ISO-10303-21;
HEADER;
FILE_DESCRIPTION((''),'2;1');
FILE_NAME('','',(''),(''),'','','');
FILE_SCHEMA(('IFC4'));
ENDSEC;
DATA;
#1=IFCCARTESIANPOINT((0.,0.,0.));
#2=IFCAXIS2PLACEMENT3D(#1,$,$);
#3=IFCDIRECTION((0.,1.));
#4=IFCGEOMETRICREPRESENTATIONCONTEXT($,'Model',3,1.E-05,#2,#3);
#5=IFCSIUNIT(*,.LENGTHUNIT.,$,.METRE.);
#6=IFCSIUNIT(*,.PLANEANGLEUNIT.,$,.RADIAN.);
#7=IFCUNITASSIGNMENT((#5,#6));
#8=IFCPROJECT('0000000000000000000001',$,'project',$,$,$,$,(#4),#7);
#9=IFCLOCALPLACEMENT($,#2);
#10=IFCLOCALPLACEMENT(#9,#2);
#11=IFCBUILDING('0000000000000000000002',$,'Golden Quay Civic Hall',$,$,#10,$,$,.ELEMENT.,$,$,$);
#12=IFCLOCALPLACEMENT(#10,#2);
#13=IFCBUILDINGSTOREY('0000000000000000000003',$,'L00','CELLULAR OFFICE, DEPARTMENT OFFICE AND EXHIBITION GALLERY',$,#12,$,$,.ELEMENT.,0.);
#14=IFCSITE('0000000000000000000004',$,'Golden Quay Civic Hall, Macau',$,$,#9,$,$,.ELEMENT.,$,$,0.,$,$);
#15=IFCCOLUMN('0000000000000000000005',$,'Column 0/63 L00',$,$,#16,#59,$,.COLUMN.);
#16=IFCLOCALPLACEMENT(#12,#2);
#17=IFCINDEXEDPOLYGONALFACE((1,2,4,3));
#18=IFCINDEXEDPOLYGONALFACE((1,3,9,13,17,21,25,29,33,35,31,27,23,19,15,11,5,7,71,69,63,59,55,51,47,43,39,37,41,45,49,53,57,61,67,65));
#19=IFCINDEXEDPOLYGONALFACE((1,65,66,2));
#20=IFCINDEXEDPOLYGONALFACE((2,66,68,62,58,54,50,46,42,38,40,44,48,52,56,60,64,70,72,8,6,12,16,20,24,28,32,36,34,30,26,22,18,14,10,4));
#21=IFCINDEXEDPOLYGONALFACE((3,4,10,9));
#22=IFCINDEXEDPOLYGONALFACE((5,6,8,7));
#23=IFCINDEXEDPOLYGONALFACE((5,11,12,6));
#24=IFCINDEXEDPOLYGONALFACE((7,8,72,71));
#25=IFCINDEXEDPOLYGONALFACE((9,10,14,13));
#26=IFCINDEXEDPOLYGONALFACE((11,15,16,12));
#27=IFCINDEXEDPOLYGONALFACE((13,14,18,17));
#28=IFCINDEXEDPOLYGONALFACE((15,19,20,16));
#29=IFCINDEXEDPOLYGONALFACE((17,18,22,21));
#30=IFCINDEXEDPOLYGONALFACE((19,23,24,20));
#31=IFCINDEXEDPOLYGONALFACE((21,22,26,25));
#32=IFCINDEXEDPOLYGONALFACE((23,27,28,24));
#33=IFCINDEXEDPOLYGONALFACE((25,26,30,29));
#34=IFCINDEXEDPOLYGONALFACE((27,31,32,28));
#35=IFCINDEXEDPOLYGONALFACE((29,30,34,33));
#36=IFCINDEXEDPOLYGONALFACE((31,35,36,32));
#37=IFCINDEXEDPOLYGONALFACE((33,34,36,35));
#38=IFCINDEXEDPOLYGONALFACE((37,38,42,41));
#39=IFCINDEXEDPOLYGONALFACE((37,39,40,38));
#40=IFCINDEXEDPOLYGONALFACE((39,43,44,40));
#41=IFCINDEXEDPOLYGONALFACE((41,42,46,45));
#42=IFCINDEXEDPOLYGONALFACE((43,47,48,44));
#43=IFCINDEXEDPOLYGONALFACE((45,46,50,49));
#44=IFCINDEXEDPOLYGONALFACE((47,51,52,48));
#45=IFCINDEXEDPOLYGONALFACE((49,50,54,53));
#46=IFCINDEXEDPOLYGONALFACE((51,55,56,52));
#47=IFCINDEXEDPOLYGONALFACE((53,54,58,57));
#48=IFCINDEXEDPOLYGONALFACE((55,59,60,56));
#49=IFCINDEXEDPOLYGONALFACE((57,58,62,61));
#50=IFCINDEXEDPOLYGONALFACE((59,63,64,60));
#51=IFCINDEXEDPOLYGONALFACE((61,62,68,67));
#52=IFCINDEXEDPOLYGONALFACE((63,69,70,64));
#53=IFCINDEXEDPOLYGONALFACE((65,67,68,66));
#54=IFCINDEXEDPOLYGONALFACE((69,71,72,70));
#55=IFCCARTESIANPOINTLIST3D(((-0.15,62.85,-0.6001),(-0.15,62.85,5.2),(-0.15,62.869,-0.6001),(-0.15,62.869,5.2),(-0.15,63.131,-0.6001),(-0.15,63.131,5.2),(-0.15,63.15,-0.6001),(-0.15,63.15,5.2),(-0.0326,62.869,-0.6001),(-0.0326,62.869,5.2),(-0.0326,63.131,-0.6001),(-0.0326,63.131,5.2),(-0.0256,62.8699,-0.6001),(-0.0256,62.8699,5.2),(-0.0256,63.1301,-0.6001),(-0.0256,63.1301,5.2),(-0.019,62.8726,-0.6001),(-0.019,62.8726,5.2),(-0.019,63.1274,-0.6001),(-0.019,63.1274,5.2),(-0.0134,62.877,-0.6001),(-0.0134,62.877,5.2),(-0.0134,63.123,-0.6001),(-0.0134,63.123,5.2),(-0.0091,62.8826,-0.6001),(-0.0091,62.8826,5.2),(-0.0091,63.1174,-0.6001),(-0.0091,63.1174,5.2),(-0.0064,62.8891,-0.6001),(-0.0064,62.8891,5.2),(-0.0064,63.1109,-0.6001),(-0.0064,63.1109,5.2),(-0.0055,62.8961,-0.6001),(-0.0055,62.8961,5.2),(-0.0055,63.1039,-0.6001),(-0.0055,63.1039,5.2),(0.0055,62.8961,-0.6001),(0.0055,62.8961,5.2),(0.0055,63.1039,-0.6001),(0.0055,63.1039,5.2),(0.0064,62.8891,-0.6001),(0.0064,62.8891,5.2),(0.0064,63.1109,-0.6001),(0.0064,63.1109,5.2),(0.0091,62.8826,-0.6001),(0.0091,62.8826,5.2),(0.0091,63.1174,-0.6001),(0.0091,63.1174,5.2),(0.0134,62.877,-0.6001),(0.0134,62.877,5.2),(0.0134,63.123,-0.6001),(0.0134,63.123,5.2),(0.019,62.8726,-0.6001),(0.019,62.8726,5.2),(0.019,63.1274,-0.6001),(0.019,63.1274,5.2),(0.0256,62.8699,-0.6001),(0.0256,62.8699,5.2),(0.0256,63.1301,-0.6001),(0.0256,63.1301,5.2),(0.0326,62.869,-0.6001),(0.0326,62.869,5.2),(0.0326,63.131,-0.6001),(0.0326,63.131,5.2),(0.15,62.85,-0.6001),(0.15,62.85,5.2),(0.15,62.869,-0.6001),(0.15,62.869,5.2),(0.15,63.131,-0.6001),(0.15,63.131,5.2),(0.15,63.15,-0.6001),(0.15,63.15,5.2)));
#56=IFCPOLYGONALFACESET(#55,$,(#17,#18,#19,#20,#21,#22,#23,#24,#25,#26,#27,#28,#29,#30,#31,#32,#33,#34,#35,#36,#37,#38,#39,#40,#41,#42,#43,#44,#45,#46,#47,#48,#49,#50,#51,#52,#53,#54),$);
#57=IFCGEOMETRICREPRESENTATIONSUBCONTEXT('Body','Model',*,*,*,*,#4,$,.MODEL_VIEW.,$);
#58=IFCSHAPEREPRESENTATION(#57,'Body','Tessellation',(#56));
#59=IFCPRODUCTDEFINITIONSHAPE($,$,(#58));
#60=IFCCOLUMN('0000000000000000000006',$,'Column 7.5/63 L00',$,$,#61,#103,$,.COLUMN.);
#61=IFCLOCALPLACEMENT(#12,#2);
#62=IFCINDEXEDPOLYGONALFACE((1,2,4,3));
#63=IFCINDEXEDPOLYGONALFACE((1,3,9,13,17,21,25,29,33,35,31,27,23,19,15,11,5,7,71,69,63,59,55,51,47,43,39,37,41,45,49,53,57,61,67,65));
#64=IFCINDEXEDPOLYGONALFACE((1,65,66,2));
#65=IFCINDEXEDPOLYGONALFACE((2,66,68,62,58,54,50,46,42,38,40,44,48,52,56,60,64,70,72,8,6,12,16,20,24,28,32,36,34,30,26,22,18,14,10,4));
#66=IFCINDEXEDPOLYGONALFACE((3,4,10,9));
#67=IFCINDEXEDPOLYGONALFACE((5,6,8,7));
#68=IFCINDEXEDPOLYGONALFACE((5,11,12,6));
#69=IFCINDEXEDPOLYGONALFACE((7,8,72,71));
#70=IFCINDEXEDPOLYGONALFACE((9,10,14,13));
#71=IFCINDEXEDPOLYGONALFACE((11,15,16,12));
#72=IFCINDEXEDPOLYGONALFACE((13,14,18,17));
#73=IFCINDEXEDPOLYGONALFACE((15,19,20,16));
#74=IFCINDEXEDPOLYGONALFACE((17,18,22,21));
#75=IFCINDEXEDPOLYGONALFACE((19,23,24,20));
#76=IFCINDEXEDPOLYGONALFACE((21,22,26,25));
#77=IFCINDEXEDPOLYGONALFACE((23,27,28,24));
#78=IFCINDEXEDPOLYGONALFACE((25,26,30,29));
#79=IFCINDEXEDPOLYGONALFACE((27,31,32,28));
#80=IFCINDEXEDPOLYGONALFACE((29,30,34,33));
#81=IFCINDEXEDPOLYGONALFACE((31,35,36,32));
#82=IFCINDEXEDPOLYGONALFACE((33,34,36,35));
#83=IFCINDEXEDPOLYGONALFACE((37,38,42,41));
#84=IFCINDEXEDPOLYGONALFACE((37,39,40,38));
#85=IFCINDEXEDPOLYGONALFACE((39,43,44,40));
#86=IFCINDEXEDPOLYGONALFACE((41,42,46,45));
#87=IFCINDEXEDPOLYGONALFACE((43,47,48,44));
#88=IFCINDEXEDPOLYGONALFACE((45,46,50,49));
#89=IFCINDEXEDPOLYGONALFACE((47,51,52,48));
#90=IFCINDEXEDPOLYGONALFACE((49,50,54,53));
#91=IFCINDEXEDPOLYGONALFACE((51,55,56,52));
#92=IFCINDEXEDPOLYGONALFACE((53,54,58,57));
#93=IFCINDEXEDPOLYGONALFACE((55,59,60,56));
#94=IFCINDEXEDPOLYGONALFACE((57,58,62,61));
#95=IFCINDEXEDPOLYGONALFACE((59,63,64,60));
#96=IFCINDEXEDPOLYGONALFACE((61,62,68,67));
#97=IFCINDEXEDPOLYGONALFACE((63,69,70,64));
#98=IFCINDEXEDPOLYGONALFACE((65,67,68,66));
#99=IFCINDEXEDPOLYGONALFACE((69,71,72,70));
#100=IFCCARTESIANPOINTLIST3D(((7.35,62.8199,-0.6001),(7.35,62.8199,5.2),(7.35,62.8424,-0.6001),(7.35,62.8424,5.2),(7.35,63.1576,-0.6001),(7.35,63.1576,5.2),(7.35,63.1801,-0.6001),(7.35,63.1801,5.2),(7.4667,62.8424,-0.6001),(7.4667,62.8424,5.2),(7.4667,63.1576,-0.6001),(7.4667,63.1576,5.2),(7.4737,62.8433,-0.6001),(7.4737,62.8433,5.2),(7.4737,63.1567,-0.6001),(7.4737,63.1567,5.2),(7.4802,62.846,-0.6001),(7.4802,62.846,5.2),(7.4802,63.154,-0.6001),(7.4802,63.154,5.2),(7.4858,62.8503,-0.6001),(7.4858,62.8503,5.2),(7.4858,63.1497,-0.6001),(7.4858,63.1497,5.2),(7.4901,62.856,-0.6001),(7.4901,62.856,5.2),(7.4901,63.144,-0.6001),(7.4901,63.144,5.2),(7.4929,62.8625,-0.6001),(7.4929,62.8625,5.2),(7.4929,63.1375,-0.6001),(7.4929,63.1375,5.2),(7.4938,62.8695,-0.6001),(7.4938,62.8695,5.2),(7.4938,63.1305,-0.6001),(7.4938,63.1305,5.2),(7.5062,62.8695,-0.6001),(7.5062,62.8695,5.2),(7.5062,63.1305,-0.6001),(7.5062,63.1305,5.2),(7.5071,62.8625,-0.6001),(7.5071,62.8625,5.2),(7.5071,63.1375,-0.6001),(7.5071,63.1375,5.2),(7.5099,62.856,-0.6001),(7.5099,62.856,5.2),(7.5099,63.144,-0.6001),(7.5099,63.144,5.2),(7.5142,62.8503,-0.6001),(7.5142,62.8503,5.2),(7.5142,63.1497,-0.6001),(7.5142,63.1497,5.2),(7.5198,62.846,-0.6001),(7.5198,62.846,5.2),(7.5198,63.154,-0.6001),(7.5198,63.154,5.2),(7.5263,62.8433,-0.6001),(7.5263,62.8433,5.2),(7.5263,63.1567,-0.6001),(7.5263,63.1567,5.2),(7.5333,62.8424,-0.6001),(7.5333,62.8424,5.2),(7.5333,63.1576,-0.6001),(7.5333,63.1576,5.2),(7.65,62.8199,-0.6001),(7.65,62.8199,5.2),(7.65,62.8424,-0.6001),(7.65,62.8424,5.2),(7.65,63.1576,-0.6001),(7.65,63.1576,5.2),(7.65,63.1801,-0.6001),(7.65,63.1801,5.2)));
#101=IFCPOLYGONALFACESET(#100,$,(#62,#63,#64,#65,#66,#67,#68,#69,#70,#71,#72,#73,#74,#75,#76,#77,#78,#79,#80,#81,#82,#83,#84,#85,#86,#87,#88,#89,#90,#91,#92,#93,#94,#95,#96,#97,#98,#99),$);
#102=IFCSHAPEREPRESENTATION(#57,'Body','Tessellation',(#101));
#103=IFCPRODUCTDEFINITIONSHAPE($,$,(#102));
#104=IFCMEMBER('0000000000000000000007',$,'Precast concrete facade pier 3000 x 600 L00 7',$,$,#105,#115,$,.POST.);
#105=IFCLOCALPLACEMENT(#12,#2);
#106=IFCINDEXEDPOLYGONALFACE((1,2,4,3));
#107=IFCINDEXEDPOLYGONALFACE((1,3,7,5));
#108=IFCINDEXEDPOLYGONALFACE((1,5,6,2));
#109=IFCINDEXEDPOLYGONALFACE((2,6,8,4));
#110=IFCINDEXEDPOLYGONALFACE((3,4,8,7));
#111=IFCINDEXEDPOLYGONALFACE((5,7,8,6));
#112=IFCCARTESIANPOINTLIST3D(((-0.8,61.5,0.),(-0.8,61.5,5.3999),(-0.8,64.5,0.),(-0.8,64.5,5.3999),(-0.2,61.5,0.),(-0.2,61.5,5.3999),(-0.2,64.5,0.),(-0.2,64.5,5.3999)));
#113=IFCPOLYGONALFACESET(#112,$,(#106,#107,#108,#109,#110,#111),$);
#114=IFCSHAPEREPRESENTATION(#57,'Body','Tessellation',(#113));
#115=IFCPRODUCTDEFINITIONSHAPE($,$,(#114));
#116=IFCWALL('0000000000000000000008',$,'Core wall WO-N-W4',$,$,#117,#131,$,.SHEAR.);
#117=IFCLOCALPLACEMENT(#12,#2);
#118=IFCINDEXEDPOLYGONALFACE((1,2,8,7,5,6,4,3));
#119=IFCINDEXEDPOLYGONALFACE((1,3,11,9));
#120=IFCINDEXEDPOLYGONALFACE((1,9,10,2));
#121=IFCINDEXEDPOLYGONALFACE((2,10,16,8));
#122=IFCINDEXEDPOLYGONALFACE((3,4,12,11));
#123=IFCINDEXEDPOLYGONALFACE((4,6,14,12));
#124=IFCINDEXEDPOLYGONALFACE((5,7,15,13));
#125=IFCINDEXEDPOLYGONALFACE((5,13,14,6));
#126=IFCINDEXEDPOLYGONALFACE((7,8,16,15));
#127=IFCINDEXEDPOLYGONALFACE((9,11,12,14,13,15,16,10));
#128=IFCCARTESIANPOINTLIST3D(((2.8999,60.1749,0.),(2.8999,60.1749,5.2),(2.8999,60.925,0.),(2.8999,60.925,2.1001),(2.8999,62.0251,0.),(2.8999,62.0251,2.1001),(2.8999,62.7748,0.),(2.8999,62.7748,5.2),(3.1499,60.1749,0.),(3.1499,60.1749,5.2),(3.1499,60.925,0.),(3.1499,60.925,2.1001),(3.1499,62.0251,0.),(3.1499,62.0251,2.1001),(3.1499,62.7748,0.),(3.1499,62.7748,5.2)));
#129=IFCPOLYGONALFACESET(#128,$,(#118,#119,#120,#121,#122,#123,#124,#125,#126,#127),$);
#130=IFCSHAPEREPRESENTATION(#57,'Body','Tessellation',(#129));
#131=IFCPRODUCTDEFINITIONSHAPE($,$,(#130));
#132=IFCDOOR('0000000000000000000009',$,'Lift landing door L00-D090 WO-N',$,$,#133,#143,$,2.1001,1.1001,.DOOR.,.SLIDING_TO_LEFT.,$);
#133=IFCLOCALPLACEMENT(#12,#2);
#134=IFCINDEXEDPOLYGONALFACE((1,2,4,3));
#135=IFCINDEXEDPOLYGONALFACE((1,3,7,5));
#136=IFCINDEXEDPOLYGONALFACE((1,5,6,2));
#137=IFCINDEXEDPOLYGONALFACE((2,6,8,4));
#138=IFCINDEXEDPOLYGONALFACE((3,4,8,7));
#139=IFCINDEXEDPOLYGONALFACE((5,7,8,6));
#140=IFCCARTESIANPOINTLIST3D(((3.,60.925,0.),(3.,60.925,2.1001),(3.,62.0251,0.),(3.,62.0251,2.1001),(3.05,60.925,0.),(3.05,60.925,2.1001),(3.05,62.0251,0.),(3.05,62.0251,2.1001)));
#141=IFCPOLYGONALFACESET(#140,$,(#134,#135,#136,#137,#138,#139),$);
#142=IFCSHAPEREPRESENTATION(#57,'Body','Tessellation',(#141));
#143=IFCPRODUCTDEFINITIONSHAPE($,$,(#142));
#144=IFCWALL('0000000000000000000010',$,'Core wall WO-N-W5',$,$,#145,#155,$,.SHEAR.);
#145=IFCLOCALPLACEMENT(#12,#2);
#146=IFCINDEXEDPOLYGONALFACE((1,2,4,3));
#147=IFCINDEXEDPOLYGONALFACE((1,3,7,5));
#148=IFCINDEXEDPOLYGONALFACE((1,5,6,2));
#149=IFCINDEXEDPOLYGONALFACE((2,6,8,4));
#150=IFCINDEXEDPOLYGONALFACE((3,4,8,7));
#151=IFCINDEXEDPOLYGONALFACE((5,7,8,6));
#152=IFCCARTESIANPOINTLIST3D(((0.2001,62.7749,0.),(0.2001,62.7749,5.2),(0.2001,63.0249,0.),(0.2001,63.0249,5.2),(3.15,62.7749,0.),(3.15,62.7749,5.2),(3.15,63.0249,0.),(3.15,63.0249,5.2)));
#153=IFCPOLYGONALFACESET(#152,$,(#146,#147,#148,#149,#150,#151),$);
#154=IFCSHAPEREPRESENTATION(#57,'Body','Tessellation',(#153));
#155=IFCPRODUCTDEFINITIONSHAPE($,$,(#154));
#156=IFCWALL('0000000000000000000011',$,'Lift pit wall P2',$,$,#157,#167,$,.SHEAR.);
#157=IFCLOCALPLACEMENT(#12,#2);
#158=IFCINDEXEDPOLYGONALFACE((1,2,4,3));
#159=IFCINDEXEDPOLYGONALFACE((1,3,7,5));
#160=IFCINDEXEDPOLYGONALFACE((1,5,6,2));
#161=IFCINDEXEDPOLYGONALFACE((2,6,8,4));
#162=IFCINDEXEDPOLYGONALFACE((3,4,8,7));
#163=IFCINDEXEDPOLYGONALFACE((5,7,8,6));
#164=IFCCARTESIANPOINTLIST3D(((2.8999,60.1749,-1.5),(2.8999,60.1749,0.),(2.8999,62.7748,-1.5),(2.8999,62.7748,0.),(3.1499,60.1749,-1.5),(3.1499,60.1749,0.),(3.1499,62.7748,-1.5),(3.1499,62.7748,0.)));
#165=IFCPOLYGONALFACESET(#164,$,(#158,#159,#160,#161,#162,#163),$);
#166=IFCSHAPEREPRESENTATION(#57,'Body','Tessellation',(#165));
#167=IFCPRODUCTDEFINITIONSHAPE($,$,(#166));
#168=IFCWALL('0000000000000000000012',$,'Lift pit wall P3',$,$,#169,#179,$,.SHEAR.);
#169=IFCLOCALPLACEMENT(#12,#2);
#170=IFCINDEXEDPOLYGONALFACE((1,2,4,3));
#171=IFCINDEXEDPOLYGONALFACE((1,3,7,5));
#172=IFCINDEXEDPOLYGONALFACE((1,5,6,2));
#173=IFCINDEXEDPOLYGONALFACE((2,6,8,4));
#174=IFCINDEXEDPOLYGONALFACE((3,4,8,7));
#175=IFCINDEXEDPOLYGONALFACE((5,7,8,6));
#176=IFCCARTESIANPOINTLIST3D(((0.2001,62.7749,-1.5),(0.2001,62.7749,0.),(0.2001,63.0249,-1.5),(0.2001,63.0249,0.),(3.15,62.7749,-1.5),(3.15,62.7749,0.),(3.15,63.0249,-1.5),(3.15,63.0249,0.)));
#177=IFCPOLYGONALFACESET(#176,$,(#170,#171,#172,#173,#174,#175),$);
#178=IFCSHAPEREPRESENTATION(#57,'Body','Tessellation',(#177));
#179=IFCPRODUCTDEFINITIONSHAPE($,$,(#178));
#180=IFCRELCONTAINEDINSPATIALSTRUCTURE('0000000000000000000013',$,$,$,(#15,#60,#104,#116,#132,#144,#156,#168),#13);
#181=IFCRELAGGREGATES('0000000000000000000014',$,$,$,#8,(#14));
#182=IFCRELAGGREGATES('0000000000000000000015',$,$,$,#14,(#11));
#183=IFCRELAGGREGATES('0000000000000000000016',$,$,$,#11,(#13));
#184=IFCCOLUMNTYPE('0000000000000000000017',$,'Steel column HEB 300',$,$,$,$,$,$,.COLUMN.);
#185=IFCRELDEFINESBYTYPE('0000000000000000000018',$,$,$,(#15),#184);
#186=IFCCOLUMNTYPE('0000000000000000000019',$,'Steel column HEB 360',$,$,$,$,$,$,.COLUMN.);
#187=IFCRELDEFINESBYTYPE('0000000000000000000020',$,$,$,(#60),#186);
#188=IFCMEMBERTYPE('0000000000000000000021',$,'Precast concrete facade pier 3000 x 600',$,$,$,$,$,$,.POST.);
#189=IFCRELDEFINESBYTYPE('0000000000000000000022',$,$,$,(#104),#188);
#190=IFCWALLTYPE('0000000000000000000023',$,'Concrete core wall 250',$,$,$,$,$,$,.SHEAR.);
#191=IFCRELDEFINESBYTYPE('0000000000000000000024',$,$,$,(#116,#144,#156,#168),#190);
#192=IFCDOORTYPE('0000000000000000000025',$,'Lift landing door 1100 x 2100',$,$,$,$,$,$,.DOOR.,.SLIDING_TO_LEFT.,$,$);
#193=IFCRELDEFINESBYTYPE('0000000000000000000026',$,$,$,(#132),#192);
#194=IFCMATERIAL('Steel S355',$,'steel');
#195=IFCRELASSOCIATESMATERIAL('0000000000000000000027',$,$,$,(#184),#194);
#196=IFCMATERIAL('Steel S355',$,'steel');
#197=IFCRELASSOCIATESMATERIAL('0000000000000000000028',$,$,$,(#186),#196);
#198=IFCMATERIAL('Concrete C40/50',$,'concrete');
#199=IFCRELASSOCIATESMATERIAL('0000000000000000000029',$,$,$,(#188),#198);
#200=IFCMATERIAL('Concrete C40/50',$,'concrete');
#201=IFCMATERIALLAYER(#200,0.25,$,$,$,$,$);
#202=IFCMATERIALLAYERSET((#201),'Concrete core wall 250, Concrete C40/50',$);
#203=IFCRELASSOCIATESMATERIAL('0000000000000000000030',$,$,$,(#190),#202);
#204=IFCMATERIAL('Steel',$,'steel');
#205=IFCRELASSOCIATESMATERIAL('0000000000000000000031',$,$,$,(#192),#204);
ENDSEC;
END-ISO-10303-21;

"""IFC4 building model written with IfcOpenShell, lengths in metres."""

from ifc_helpers import new_model, si_unit, direction, frame, frame_2d, origin, origin_2d, place, context, subcontext, project, spatial, rectangle, i_section, extrude, material, layer, layer_set, material_profile, profile_set, type_object, element, fill, save


model = new_model("IFC4")

# Units and contexts
model_context = context("Model", 3, precision=1e-05, world=origin(), true_north=direction((0.0, 1.0)))
body_context = subcontext(model_context, "Body", "Model", "MODEL_VIEW")
ifc_project = project(units=[si_unit("LENGTHUNIT", "METRE"), si_unit("PLANEANGLEUNIT", "RADIAN")], contexts=[model_context])

# Site, building, storey
site_placement = place(None, origin())
site = spatial("IfcSite", under=ifc_project, at=site_placement, Name="Golden Quay Civic Hall, Macau", CompositionType="ELEMENT", RefElevation=0.0)
building_placement = place(site_placement, origin())
building = spatial("IfcBuilding", under=site, at=building_placement, Name="Golden Quay Civic Hall", CompositionType="ELEMENT")
storey_placement = place(building_placement, origin())
storey = spatial("IfcBuildingStorey", under=building, at=storey_placement, Name="L00", Description="CELLULAR OFFICE, DEPARTMENT OFFICE AND EXHIBITION GALLERY", CompositionType="ELEMENT", Elevation=0.0)

# Columns
ifc_material_1 = material(Name="Steel S355", Category="steel")
ifc_material_profile_1 = material_profile(ifc_material_1, i_section(OverallWidth=0.3, OverallDepth=0.3, WebThickness=0.011, FlangeThickness=0.019, FilletRadius=0.0271, at=origin_2d()), Name="HEB 300")
ifc_profile_set_1 = profile_set([ifc_material_profile_1], Name="Steel S355")
column_type_1 = type_object("IfcColumnType", Name="Steel column HEB 300", PredefinedType="COLUMN", material=ifc_profile_set_1)
column_1_placement = place(storey_placement, frame((0.0, 63.0, -0.6001), z_axis=(0.0, 0.0, 1.0), x_axis=(1.0, 0.0, 0.0)))
element("IfcColumn", 1, at=column_1_placement, inside=storey, type_object=column_type_1, Name="Column 0/63 L00", PredefinedType="COLUMN", context=body_context, shape_type="SweptSolid", body=[
    extrude(i_section(OverallWidth=0.3, OverallDepth=0.3, WebThickness=0.011, FlangeThickness=0.019, FilletRadius=0.0271, at=origin_2d()), origin(), (0.0, 0.0, 1.0), 5.8),
])
ifc_material_2 = material(Name="Steel S355", Category="steel")
ifc_material_profile_2 = material_profile(ifc_material_2, i_section(OverallWidth=0.3, OverallDepth=0.3601, WebThickness=0.0125, FlangeThickness=0.0225, FilletRadius=0.0271, at=origin_2d()), Name="HEB 360")
ifc_profile_set_2 = profile_set([ifc_material_profile_2], Name="Steel S355")
column_type_2 = type_object("IfcColumnType", Name="Steel column HEB 360", PredefinedType="COLUMN", material=ifc_profile_set_2)
column_2_placement = place(storey_placement, frame((7.5, 63.0, -0.6001), z_axis=(0.0, 0.0, 1.0), x_axis=(1.0, 0.0, 0.0)))
element("IfcColumn", 2, at=column_2_placement, inside=storey, type_object=column_type_2, Name="Column 7.5/63 L00", PredefinedType="COLUMN", context=body_context, shape_type="SweptSolid", body=[
    extrude(i_section(OverallWidth=0.3, OverallDepth=0.3601, WebThickness=0.0125, FlangeThickness=0.0225, FilletRadius=0.0271, at=origin_2d()), origin(), (0.0, 0.0, 1.0), 5.8),
])

# Member
ifc_material_3 = material(Name="Concrete C40/50", Category="concrete")
ifc_material_profile_3 = material_profile(ifc_material_3, rectangle(XDim=3.0, YDim=0.6001, at=origin_2d()), Name="RC 3000x600")
ifc_profile_set_3 = profile_set([ifc_material_profile_3], Name="Concrete C40/50")
member_type = type_object("IfcMemberType", Name="Precast concrete facade pier 3000 x 600", PredefinedType="POST", material=ifc_profile_set_3)
member_placement = place(storey_placement, frame((-0.5, 63.0, 0.0), z_axis=(0.0, 0.0, 1.0), x_axis=(0.0, 1.0, 0.0)))
element("IfcMember", 3, at=member_placement, inside=storey, type_object=member_type, Name="Precast concrete facade pier 3000 x 600 L00 7", PredefinedType="POST", context=body_context, shape_type="SweptSolid", body=[
    extrude(rectangle(XDim=3.0, YDim=0.6001, at=origin_2d()), origin(), (0.0, 0.0, 1.0), 5.3999),
])

# Wall, opening, door
ifc_material_4 = material(Name="Concrete C40/50", Category="concrete")
ifc_layer_1 = layer(ifc_material_4, 0.25)
ifc_layer_set_1 = layer_set([ifc_layer_1], Name="Concrete core wall 250, Concrete C40/50")
wall_type_1 = type_object("IfcWallType", Name="Concrete core wall 250", PredefinedType="SHEAR", material=ifc_layer_set_1)
wall_1_placement = place(storey_placement, frame((3.0249, 60.175, 0.0), z_axis=(0.0, 0.0, 1.0), x_axis=(0.0, 1.0, 0.0)))
wall_1 = element("IfcWall", 4, at=wall_1_placement, inside=storey, type_object=wall_type_1, Name="Core wall WO-N-W4", PredefinedType="SHEAR", context=body_context, shape_type="SweptSolid", body=[
    extrude(rectangle(XDim=2.5999, YDim=0.25, at=frame_2d((1.2998, 0.0))), origin(), (0.0, 0.0, 1.0), 5.2),
])
opening_1_placement = place(wall_1_placement, frame((0.75, 0.0, 0.0)))
opening_1 = element("IfcOpeningElement", 5, at=opening_1_placement, cuts=wall_1, PredefinedType="OPENING", context=body_context, shape_type="SweptSolid", body=[
    extrude(rectangle(XDim=1.1001, YDim=2.1001, at=frame_2d((0.55, 1.05))), frame((0.0, 0.135, 0.0), z_axis=(0.0, -1.0, 0.0), x_axis=(1.0, 0.0, 0.0)), (0.0, 0.0, 1.0), 0.27),
])
ifc_material_5 = material(Name="Steel", Category="steel")
door_type = type_object("IfcDoorType", Name="Lift landing door 1100 x 2100", OperationType="SLIDING_TO_LEFT", PredefinedType="DOOR", material=ifc_material_5)
door_placement = place(opening_1_placement, origin())
door = element("IfcDoor", 6, at=door_placement, inside=storey, type_object=door_type, Name="Lift landing door L00-D090 WO-N", OperationType="SLIDING_TO_LEFT", OverallHeight=2.1001, OverallWidth=1.1001, PredefinedType="DOOR", context=body_context, shape_type="SweptSolid", body=[
    extrude(rectangle(XDim=1.1001, YDim=2.1001, at=frame_2d((0.55, 1.05))), frame((0.0, 0.0249, 0.0), z_axis=(0.0, -1.0, 0.0), x_axis=(1.0, 0.0, 0.0)), (0.0, 0.0, 1.0), 0.05),
])
fill(opening_1, door)

# Walls
wall_2_placement = place(storey_placement, frame((0.2, 62.8999, 0.0), z_axis=(0.0, 0.0, 1.0), x_axis=(1.0, 0.0, 0.0)))
element("IfcWall", 7, at=wall_2_placement, inside=storey, type_object=wall_type_1, Name="Core wall WO-N-W5", PredefinedType="SHEAR", context=body_context, shape_type="SweptSolid", body=[
    extrude(rectangle(XDim=2.95, YDim=0.25, at=frame_2d((1.4751, 0.0))), origin(), (0.0, 0.0, 1.0), 5.2),
])
wall_3_placement = place(storey_placement, frame((3.0249, 60.175, -1.5), z_axis=(0.0, 0.0, 1.0), x_axis=(0.0, 1.0, 0.0)))
element("IfcWall", 8, at=wall_3_placement, inside=storey, type_object=wall_type_1, Name="Lift pit wall P2", PredefinedType="SHEAR", context=body_context, shape_type="SweptSolid", body=[
    extrude(rectangle(XDim=2.5999, YDim=0.25, at=frame_2d((1.2998, 0.0))), origin(), (0.0, 0.0, 1.0), 1.5),
])
wall_4_placement = place(storey_placement, frame((0.2, 62.8999, -1.5), z_axis=(0.0, 0.0, 1.0), x_axis=(1.0, 0.0, 0.0)))
element("IfcWall", 9, at=wall_4_placement, inside=storey, type_object=wall_type_1, Name="Lift pit wall P3", PredefinedType="SHEAR", context=body_context, shape_type="SweptSolid", body=[
    extrude(rectangle(XDim=2.95, YDim=0.25, at=frame_2d((1.4751, 0.0))), origin(), (0.0, 0.0, 1.0), 1.5),
])

save(model, "model.ifc")
